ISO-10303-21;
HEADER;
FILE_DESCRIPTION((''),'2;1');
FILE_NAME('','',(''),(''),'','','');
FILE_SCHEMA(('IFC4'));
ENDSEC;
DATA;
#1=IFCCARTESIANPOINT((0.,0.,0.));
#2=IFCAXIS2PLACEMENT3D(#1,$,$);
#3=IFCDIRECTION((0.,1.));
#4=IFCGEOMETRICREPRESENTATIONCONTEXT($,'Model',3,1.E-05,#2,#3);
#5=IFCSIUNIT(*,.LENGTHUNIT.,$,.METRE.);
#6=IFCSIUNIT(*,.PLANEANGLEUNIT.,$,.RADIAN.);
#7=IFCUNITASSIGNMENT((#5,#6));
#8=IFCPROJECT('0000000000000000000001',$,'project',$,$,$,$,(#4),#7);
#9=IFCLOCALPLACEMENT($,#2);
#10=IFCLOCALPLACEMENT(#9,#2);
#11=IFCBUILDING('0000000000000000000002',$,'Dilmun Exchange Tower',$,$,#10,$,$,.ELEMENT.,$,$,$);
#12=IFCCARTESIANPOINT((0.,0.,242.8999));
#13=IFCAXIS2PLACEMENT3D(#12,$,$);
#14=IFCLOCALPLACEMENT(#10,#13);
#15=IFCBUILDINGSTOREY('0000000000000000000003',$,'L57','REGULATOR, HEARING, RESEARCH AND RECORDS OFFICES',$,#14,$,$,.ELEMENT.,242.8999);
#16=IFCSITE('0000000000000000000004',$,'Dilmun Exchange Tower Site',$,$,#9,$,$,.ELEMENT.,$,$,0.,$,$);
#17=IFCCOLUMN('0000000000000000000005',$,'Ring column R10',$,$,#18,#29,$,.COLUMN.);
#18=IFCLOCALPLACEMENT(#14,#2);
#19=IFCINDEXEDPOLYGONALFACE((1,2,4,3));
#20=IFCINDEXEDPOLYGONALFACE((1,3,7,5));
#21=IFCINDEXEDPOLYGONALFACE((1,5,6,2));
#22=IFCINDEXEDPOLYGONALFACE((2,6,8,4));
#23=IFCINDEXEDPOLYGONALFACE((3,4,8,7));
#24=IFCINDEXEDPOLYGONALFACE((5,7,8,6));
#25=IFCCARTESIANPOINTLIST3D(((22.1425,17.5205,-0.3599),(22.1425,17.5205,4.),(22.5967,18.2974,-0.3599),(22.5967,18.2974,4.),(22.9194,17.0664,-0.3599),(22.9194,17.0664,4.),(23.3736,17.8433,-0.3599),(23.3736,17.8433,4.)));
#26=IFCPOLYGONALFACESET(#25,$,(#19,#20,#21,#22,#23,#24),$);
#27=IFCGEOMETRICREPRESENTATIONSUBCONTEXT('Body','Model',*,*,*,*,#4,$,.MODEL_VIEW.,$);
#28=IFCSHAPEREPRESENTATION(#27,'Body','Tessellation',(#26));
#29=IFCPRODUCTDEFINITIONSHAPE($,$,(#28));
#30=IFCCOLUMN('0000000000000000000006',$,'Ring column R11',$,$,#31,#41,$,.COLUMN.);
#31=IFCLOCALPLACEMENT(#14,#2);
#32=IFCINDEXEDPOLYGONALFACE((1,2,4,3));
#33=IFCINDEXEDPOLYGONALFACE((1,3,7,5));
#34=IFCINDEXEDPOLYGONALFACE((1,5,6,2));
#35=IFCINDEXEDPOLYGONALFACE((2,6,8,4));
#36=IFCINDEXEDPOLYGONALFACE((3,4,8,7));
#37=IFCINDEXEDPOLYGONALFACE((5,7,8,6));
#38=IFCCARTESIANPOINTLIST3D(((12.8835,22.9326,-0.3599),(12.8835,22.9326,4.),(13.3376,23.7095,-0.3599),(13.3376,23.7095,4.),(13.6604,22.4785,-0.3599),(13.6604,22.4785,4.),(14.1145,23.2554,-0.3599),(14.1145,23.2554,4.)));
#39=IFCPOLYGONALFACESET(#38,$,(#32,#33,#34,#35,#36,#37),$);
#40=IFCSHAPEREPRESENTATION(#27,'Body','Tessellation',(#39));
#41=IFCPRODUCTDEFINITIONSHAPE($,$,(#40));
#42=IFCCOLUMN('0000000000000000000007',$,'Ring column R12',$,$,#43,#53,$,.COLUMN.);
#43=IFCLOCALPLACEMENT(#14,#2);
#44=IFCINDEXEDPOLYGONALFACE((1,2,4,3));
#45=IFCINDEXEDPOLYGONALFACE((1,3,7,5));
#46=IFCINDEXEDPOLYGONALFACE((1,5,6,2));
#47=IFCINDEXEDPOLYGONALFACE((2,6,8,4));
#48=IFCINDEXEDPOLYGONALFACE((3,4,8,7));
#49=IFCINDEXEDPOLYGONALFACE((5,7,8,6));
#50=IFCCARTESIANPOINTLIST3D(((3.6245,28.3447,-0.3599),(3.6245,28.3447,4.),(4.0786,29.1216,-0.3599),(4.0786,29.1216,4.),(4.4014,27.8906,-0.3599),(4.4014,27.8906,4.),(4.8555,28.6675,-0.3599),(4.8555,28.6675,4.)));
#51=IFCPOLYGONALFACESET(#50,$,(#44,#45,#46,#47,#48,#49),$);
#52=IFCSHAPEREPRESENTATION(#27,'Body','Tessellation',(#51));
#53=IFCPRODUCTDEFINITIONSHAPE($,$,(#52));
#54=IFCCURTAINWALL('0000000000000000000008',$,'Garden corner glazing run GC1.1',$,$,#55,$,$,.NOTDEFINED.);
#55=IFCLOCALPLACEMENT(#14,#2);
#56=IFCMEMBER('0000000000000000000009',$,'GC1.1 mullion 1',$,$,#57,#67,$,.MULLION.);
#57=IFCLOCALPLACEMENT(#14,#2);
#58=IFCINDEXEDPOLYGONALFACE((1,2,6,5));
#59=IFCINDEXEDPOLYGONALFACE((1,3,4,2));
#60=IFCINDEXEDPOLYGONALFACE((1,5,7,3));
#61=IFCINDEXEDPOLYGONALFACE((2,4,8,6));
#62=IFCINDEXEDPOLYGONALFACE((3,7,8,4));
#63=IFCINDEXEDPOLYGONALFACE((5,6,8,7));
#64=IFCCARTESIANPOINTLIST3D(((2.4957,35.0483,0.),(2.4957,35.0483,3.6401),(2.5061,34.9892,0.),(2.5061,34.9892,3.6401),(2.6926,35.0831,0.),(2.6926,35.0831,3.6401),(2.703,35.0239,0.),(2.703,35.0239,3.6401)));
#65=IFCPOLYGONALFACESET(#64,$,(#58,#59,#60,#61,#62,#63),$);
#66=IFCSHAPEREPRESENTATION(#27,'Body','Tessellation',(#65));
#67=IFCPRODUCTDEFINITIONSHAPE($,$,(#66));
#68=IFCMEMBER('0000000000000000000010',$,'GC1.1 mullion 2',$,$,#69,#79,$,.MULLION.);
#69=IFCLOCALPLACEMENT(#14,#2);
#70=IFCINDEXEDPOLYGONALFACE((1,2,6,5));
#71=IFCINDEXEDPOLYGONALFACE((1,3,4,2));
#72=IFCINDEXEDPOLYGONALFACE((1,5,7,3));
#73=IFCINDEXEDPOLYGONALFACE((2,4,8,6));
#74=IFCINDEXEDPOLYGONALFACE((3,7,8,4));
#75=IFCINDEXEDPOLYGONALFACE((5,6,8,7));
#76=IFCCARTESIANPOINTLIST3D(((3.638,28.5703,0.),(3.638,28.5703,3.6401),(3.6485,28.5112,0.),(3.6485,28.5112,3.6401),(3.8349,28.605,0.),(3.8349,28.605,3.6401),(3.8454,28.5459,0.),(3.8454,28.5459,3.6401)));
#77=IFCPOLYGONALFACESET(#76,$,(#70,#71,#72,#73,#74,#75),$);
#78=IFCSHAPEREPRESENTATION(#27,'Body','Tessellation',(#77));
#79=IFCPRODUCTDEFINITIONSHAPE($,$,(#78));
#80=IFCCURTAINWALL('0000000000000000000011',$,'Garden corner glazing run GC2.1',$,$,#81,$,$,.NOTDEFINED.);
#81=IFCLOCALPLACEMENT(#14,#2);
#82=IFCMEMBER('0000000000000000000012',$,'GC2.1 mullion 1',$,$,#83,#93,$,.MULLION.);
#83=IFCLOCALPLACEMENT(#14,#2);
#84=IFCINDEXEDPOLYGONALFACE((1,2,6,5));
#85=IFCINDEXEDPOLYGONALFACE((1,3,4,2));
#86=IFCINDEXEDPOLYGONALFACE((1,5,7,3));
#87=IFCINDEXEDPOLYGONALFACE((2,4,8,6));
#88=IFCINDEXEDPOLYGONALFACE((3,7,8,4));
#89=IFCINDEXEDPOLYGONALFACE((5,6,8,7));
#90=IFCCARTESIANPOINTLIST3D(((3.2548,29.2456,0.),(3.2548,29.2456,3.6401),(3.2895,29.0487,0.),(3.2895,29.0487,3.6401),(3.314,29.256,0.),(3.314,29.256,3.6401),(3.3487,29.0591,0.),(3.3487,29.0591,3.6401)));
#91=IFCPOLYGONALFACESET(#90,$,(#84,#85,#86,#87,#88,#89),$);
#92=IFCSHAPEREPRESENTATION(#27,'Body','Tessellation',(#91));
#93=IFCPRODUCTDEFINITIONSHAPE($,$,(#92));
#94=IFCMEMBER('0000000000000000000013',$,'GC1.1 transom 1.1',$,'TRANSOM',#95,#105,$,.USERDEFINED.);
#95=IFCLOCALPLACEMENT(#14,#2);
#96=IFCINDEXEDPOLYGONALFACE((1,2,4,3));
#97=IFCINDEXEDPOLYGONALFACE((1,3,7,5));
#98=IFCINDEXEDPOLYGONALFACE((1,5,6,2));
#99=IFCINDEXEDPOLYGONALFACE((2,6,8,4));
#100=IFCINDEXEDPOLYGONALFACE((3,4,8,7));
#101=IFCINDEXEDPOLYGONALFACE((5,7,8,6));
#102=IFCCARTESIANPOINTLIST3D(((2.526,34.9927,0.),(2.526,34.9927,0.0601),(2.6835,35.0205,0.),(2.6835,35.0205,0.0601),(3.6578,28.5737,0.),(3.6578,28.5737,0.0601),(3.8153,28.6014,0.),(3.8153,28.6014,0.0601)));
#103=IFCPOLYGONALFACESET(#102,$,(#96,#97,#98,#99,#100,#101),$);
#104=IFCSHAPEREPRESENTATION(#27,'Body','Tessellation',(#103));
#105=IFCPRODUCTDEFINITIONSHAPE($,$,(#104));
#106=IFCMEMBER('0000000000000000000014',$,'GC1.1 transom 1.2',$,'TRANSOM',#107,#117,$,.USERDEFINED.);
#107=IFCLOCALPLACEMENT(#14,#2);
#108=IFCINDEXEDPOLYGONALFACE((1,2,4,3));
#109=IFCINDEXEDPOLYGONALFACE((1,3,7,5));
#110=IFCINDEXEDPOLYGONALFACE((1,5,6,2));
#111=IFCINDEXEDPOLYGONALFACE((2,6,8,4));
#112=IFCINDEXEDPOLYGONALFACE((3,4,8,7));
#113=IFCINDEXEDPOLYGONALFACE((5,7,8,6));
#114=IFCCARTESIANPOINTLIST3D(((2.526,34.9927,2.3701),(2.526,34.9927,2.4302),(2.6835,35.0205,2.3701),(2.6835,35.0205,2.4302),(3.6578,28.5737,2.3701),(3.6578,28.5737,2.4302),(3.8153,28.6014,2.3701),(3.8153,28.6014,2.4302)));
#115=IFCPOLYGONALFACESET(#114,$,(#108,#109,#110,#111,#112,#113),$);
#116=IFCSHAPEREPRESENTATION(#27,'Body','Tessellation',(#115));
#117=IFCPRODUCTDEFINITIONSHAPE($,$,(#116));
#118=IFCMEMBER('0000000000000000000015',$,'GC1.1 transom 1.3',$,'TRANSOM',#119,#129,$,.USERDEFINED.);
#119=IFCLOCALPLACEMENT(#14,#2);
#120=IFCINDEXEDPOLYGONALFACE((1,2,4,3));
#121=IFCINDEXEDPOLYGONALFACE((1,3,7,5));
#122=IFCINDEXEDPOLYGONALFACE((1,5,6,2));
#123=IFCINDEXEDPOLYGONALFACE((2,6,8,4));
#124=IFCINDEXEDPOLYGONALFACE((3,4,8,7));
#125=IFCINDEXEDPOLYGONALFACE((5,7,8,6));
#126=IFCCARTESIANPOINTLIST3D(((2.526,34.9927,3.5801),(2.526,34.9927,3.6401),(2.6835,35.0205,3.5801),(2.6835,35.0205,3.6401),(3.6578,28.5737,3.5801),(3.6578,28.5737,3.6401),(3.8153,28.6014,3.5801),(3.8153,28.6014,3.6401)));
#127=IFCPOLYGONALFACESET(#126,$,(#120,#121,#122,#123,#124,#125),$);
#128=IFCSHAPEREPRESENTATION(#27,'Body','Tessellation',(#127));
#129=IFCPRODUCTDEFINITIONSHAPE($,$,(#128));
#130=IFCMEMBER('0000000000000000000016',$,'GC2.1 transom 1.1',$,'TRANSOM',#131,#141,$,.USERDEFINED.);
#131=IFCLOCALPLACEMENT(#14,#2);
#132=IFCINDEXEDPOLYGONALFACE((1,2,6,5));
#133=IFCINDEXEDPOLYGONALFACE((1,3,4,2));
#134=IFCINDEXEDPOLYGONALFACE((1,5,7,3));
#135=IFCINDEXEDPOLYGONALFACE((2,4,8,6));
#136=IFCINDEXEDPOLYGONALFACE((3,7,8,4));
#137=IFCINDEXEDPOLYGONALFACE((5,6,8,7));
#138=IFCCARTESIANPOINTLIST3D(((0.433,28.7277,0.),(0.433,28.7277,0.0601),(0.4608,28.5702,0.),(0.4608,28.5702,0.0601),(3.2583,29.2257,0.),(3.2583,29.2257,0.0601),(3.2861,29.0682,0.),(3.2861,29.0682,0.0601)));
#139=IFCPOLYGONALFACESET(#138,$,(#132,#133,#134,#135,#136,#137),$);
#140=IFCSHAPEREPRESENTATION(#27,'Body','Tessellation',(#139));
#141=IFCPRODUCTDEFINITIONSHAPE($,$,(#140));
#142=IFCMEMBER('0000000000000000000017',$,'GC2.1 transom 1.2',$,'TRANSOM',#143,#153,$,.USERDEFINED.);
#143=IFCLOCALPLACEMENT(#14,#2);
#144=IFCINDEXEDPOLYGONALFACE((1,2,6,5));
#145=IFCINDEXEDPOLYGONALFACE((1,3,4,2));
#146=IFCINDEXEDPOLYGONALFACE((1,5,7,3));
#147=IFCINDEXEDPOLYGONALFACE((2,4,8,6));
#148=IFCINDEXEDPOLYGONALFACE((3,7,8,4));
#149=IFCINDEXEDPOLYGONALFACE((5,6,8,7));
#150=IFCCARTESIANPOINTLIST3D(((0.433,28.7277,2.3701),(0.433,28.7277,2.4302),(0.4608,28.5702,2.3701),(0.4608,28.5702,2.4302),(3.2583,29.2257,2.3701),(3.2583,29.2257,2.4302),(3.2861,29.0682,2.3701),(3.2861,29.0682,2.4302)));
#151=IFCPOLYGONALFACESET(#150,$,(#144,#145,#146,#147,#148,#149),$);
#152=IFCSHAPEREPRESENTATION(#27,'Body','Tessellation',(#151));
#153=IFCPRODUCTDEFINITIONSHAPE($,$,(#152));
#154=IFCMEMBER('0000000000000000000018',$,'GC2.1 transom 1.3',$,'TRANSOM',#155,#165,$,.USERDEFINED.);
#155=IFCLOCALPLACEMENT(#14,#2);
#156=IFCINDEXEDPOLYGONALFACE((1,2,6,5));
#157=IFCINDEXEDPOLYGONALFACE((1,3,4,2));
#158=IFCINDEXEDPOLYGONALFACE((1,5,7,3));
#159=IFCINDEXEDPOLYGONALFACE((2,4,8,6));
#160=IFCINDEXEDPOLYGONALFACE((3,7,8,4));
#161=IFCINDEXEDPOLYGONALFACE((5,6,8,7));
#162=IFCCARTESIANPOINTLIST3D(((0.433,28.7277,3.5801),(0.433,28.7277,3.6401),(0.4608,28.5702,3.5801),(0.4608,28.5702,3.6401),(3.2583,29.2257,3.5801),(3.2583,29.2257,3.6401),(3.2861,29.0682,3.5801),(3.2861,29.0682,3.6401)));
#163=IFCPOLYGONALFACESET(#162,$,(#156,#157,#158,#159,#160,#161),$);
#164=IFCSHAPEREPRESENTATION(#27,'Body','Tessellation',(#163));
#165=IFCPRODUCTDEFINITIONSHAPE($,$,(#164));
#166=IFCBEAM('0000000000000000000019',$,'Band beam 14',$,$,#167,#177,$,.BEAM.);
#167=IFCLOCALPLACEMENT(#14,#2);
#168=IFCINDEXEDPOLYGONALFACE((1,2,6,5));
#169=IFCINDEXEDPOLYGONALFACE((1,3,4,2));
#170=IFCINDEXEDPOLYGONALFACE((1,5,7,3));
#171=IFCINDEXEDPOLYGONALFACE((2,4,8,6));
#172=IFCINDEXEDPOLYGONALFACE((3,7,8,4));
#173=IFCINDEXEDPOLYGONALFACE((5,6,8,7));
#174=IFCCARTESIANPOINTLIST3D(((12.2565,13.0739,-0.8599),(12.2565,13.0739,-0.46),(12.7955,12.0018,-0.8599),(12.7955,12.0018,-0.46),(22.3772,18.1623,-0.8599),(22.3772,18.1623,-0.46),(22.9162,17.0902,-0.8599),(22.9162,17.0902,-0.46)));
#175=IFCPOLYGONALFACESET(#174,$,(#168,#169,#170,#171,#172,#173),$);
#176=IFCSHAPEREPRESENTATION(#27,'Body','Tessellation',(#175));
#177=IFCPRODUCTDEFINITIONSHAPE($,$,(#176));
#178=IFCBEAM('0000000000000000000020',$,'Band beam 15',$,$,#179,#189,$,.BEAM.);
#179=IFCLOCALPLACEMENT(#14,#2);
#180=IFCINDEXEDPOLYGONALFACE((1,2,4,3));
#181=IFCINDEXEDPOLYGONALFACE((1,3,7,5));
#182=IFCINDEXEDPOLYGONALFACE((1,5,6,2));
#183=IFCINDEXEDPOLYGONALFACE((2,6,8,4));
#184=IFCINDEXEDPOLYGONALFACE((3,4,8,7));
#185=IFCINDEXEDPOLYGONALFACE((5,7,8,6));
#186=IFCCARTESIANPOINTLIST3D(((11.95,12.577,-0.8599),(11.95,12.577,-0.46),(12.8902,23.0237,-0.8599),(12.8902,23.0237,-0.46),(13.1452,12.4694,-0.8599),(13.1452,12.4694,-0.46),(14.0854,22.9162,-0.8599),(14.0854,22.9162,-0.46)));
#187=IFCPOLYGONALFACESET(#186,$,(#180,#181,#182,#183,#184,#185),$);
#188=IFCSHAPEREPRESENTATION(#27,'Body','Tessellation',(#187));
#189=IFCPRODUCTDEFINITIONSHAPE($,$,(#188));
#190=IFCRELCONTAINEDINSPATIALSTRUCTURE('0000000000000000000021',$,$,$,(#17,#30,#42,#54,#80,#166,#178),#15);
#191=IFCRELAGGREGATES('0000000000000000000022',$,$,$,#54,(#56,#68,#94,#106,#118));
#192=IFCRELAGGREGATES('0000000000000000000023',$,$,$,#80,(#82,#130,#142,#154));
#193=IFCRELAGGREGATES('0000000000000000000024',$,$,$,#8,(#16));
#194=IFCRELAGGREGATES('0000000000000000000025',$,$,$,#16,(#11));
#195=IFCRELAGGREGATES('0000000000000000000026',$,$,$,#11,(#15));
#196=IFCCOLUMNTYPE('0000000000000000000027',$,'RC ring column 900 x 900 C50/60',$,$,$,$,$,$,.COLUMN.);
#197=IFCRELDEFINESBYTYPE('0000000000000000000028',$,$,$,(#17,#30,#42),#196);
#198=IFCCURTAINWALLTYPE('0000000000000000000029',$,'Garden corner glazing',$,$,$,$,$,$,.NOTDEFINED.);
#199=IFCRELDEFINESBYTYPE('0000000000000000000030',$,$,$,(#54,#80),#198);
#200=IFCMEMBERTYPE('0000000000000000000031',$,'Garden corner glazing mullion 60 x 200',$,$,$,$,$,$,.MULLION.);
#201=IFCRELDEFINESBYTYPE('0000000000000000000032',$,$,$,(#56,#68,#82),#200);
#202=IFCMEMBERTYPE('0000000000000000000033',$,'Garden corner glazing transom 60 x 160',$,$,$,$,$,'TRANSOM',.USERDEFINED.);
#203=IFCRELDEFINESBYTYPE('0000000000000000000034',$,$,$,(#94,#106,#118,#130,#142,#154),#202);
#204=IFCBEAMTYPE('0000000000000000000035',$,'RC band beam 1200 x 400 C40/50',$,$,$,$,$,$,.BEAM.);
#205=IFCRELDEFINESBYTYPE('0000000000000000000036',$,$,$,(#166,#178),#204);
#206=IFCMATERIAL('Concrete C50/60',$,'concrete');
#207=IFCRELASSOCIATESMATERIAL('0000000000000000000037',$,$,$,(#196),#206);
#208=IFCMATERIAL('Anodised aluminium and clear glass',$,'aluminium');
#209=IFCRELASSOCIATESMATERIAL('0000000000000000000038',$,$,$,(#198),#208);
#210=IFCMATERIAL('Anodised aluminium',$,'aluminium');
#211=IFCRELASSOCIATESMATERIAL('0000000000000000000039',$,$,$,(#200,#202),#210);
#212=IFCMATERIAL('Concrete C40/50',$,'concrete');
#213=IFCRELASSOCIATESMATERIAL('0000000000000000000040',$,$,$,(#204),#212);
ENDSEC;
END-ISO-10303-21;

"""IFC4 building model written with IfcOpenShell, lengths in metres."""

from ifc_helpers import new_model, si_unit, direction, frame, origin, origin_2d, place, context, subcontext, project, spatial, rectangle, extrude, material, material_profile, profile_set, type_object, element, aggregate, save


model = new_model("IFC4")

# Units and contexts
model_context = context("Model", 3, precision=1e-05, world=origin(), true_north=direction((0.0, 1.0)))
body_context = subcontext(model_context, "Body", "Model", "MODEL_VIEW")
ifc_project = project(units=[si_unit("LENGTHUNIT", "METRE"), si_unit("PLANEANGLEUNIT", "RADIAN")], contexts=[model_context])

# Site, building, storey
site_placement = place(None, origin())
site = spatial("IfcSite", under=ifc_project, at=site_placement, Name="Dilmun Exchange Tower Site", CompositionType="ELEMENT", RefElevation=0.0)
building_placement = place(site_placement, origin())
building = spatial("IfcBuilding", under=site, at=building_placement, Name="Dilmun Exchange Tower", CompositionType="ELEMENT")
storey_placement = place(building_placement, frame((0.0, 0.0, 242.8999)))
storey = spatial("IfcBuildingStorey", under=building, at=storey_placement, Name="L57", Description="REGULATOR, HEARING, RESEARCH AND RECORDS OFFICES", CompositionType="ELEMENT", Elevation=242.8999)

# Columns
ifc_material_1 = material(Name="Concrete C50/60", Category="concrete")
ifc_material_profile_1 = material_profile(ifc_material_1, rectangle(XDim=0.8999, YDim=0.8999, at=origin_2d()), Name="900 x 900")
ifc_profile_set_1 = profile_set([ifc_material_profile_1], Name="Concrete C50/60")
column_type = type_object("IfcColumnType", Name="RC ring column 900 x 900 C50/60", PredefinedType="COLUMN", material=ifc_profile_set_1)
for number, where, z_axis, x_axis, name in (
    (1, (22.7581, 17.6819, -0.3599), (0.0, 0.0, 1.0), (0.504644, 0.863328, 0.0), "Ring column R10"),
    (2, (13.499, 23.094, -0.3599), (0.0, 0.0, 1.0), (0.504644, 0.863328, 0.0), "Ring column R11"),
    (3, (4.24, 28.5061, -0.3599), (0.0, 0.0, 1.0), (0.504644, 0.863328, 0.0), "Ring column R12"),
):
    element("IfcColumn", number, at=place(storey_placement, frame(where, z_axis=z_axis, x_axis=x_axis)), inside=storey, type_object=column_type, Name=name, PredefinedType="COLUMN", context=body_context, shape_type="SweptSolid", body=[
        extrude(rectangle(XDim=0.8999, YDim=0.8999, at=origin_2d()), origin(), (0.0, 0.0, 1.0), 4.3599),
    ])

# Curtain wall, members
ifc_material_2 = material(Name="Anodised aluminium and clear glass", Category="aluminium")
curtain_wall_type = type_object("IfcCurtainWallType", Name="Garden corner glazing", PredefinedType="NOTDEFINED", material=ifc_material_2)
curtain_wall_1_placement = place(storey_placement, origin())
curtain_wall_1 = element("IfcCurtainWall", 4, at=curtain_wall_1_placement, inside=storey, type_object=curtain_wall_type, Name="Garden corner glazing run GC1.1", PredefinedType="NOTDEFINED")
ifc_material_3 = material(Name="Anodised aluminium", Category="aluminium")
ifc_material_profile_2 = material_profile(ifc_material_3, rectangle(XDim=0.2, YDim=0.0601, at=origin_2d()), Name="AL 60x200")
ifc_profile_set_2 = profile_set([ifc_material_profile_2], Name="Anodised aluminium")
member_type_1 = type_object("IfcMemberType", Name="Garden corner glazing mullion 60 x 200", PredefinedType="MULLION", material=ifc_profile_set_2)
member_1_placement = place(storey_placement, frame((2.5994, 35.0361, 0.0), z_axis=(0.0, 0.0, 1.0), x_axis=(0.984807, 0.17365, 0.0)))
member_1 = element("IfcMember", 5, at=member_1_placement, type_object=member_type_1, Name="GC1.1 mullion 1", PredefinedType="MULLION", context=body_context, shape_type="SweptSolid", body=[
    extrude(rectangle(XDim=0.2, YDim=0.0601, at=origin_2d()), origin(), (0.0, 0.0, 1.0), 3.6401),
])
member_2_placement = place(storey_placement, frame((3.7417, 28.5581, 0.0), z_axis=(0.0, 0.0, 1.0), x_axis=(0.984807, 0.17365, 0.0)))
member_2 = element("IfcMember", 6, at=member_2_placement, type_object=member_type_1, Name="GC1.1 mullion 2", PredefinedType="MULLION", context=body_context, shape_type="SweptSolid", body=[
    extrude(rectangle(XDim=0.2, YDim=0.0601, at=origin_2d()), origin(), (0.0, 0.0, 1.0), 3.6401),
])

# Curtain wall, member
curtain_wall_2_placement = place(storey_placement, origin())
curtain_wall_2 = element("IfcCurtainWall", 7, at=curtain_wall_2_placement, inside=storey, type_object=curtain_wall_type, Name="Garden corner glazing run GC2.1", PredefinedType="NOTDEFINED")
member_3_placement = place(storey_placement, frame((3.3018, 29.1523, 0.0), z_axis=(0.0, 0.0, 1.0), x_axis=(0.173631, -0.984811, 0.0)))
member_3 = element("IfcMember", 8, at=member_3_placement, type_object=member_type_1, Name="GC2.1 mullion 1", PredefinedType="MULLION", context=body_context, shape_type="SweptSolid", body=[
    extrude(rectangle(XDim=0.2, YDim=0.0601, at=origin_2d()), origin(), (0.0, 0.0, 1.0), 3.6401),
])

# Members
ifc_material_profile_3 = material_profile(ifc_material_3, rectangle(XDim=0.1599, YDim=0.0601, at=origin_2d()), Name="AL 60x160")
ifc_profile_set_3 = profile_set([ifc_material_profile_3], Name="Anodised aluminium")
member_type_2 = type_object("IfcMemberType", Name="Garden corner glazing transom 60 x 160", ElementType="TRANSOM", PredefinedType="USERDEFINED", material=ifc_profile_set_3)
member_4_placement = place(storey_placement, frame((2.6047, 35.0066, 0.03), z_axis=(0.173649, -0.984808, 0.0), x_axis=(0.984808, 0.173649, 0.0)))
member_4 = element("IfcMember", 9, at=member_4_placement, type_object=member_type_2, Name="GC1.1 transom 1.1", ObjectType="TRANSOM", PredefinedType="USERDEFINED", context=body_context, shape_type="SweptSolid", body=[
    extrude(rectangle(XDim=0.1599, YDim=0.0601, at=origin_2d()), origin(), (0.0, 0.0, 1.0), 6.5181),
])
member_5_placement = place(storey_placement, frame((2.6047, 35.0066, 2.4001), z_axis=(0.173649, -0.984808, 0.0), x_axis=(0.984808, 0.173649, 0.0)))
member_5 = element("IfcMember", 10, at=member_5_placement, type_object=member_type_2, Name="GC1.1 transom 1.2", ObjectType="TRANSOM", PredefinedType="USERDEFINED", context=body_context, shape_type="SweptSolid", body=[
    extrude(rectangle(XDim=0.1599, YDim=0.0601, at=origin_2d()), origin(), (0.0, 0.0, 1.0), 6.5181),
])
member_6_placement = place(storey_placement, frame((2.6047, 35.0066, 3.6101), z_axis=(0.173649, -0.984808, 0.0), x_axis=(0.984808, 0.173649, 0.0)))
member_6 = element("IfcMember", 11, at=member_6_placement, type_object=member_type_2, Name="GC1.1 transom 1.3", ObjectType="TRANSOM", PredefinedType="USERDEFINED", context=body_context, shape_type="SweptSolid", body=[
    extrude(rectangle(XDim=0.1599, YDim=0.0601, at=origin_2d()), origin(), (0.0, 0.0, 1.0), 6.5181),
])
member_7_placement = place(storey_placement, frame((3.2722, 29.147, 0.03), z_axis=(-0.984817, -0.173596, 0.0), x_axis=(0.173596, -0.984817, 0.0)))
member_7 = element("IfcMember", 12, at=member_7_placement, type_object=member_type_2, Name="GC2.1 transom 1.1", ObjectType="TRANSOM", PredefinedType="USERDEFINED", context=body_context, shape_type="SweptSolid", body=[
    extrude(rectangle(XDim=0.1599, YDim=0.0601, at=origin_2d()), origin(), (0.0, 0.0, 1.0), 2.8689),
])
member_8_placement = place(storey_placement, frame((3.2722, 29.147, 2.4001), z_axis=(-0.984817, -0.173596, 0.0), x_axis=(0.173596, -0.984817, 0.0)))
member_8 = element("IfcMember", 13, at=member_8_placement, type_object=member_type_2, Name="GC2.1 transom 1.2", ObjectType="TRANSOM", PredefinedType="USERDEFINED", context=body_context, shape_type="SweptSolid", body=[
    extrude(rectangle(XDim=0.1599, YDim=0.0601, at=origin_2d()), origin(), (0.0, 0.0, 1.0), 2.8689),
])
member_9_placement = place(storey_placement, frame((3.2722, 29.147, 3.6101), z_axis=(-0.984817, -0.173596, 0.0), x_axis=(0.173596, -0.984817, 0.0)))
member_9 = element("IfcMember", 14, at=member_9_placement, type_object=member_type_2, Name="GC2.1 transom 1.3", ObjectType="TRANSOM", PredefinedType="USERDEFINED", context=body_context, shape_type="SweptSolid", body=[
    extrude(rectangle(XDim=0.1599, YDim=0.0601, at=origin_2d()), origin(), (0.0, 0.0, 1.0), 2.8689),
])

# Beams
ifc_material_4 = material(Name="Concrete C40/50", Category="concrete")
ifc_material_profile_4 = material_profile(ifc_material_4, rectangle(XDim=1.2, YDim=0.3999, at=origin_2d()), Name="1200 x 400")
ifc_profile_set_4 = profile_set([ifc_material_profile_4], Name="Concrete C40/50")
beam_type = type_object("IfcBeamType", Name="RC band beam 1200 x 400 C40/50", PredefinedType="BEAM", material=ifc_profile_set_4)
beam_1_placement = place(storey_placement, frame((22.6467, 17.6262, -0.6599), z_axis=(-0.893438, -0.449187, 0.0), x_axis=(0.449187, -0.893438, 0.0)))
element("IfcBeam", 15, at=beam_1_placement, inside=storey, type_object=beam_type, Name="Band beam 14", PredefinedType="BEAM", context=body_context, shape_type="SweptSolid", body=[
    extrude(rectangle(XDim=1.2, YDim=0.3999, at=origin_2d()), origin(), (0.0, 0.0, 1.0), 11.3279),
])
beam_2_placement = place(storey_placement, frame((13.4878, 22.97, -0.6599), z_axis=(-0.089635, -0.995975, 0.0), x_axis=(0.995975, -0.089635, 0.0)))
element("IfcBeam", 16, at=beam_2_placement, inside=storey, type_object=beam_type, Name="Band beam 15", PredefinedType="BEAM", context=body_context, shape_type="SweptSolid", body=[
    extrude(rectangle(XDim=1.2, YDim=0.3999, at=origin_2d()), origin(), (0.0, 0.0, 1.0), 10.489),
])

aggregate(curtain_wall_1, [member_1, member_2, member_4, member_5, member_6])
aggregate(curtain_wall_2, [member_3, member_7, member_8, member_9])

save(model, "model.ifc")
